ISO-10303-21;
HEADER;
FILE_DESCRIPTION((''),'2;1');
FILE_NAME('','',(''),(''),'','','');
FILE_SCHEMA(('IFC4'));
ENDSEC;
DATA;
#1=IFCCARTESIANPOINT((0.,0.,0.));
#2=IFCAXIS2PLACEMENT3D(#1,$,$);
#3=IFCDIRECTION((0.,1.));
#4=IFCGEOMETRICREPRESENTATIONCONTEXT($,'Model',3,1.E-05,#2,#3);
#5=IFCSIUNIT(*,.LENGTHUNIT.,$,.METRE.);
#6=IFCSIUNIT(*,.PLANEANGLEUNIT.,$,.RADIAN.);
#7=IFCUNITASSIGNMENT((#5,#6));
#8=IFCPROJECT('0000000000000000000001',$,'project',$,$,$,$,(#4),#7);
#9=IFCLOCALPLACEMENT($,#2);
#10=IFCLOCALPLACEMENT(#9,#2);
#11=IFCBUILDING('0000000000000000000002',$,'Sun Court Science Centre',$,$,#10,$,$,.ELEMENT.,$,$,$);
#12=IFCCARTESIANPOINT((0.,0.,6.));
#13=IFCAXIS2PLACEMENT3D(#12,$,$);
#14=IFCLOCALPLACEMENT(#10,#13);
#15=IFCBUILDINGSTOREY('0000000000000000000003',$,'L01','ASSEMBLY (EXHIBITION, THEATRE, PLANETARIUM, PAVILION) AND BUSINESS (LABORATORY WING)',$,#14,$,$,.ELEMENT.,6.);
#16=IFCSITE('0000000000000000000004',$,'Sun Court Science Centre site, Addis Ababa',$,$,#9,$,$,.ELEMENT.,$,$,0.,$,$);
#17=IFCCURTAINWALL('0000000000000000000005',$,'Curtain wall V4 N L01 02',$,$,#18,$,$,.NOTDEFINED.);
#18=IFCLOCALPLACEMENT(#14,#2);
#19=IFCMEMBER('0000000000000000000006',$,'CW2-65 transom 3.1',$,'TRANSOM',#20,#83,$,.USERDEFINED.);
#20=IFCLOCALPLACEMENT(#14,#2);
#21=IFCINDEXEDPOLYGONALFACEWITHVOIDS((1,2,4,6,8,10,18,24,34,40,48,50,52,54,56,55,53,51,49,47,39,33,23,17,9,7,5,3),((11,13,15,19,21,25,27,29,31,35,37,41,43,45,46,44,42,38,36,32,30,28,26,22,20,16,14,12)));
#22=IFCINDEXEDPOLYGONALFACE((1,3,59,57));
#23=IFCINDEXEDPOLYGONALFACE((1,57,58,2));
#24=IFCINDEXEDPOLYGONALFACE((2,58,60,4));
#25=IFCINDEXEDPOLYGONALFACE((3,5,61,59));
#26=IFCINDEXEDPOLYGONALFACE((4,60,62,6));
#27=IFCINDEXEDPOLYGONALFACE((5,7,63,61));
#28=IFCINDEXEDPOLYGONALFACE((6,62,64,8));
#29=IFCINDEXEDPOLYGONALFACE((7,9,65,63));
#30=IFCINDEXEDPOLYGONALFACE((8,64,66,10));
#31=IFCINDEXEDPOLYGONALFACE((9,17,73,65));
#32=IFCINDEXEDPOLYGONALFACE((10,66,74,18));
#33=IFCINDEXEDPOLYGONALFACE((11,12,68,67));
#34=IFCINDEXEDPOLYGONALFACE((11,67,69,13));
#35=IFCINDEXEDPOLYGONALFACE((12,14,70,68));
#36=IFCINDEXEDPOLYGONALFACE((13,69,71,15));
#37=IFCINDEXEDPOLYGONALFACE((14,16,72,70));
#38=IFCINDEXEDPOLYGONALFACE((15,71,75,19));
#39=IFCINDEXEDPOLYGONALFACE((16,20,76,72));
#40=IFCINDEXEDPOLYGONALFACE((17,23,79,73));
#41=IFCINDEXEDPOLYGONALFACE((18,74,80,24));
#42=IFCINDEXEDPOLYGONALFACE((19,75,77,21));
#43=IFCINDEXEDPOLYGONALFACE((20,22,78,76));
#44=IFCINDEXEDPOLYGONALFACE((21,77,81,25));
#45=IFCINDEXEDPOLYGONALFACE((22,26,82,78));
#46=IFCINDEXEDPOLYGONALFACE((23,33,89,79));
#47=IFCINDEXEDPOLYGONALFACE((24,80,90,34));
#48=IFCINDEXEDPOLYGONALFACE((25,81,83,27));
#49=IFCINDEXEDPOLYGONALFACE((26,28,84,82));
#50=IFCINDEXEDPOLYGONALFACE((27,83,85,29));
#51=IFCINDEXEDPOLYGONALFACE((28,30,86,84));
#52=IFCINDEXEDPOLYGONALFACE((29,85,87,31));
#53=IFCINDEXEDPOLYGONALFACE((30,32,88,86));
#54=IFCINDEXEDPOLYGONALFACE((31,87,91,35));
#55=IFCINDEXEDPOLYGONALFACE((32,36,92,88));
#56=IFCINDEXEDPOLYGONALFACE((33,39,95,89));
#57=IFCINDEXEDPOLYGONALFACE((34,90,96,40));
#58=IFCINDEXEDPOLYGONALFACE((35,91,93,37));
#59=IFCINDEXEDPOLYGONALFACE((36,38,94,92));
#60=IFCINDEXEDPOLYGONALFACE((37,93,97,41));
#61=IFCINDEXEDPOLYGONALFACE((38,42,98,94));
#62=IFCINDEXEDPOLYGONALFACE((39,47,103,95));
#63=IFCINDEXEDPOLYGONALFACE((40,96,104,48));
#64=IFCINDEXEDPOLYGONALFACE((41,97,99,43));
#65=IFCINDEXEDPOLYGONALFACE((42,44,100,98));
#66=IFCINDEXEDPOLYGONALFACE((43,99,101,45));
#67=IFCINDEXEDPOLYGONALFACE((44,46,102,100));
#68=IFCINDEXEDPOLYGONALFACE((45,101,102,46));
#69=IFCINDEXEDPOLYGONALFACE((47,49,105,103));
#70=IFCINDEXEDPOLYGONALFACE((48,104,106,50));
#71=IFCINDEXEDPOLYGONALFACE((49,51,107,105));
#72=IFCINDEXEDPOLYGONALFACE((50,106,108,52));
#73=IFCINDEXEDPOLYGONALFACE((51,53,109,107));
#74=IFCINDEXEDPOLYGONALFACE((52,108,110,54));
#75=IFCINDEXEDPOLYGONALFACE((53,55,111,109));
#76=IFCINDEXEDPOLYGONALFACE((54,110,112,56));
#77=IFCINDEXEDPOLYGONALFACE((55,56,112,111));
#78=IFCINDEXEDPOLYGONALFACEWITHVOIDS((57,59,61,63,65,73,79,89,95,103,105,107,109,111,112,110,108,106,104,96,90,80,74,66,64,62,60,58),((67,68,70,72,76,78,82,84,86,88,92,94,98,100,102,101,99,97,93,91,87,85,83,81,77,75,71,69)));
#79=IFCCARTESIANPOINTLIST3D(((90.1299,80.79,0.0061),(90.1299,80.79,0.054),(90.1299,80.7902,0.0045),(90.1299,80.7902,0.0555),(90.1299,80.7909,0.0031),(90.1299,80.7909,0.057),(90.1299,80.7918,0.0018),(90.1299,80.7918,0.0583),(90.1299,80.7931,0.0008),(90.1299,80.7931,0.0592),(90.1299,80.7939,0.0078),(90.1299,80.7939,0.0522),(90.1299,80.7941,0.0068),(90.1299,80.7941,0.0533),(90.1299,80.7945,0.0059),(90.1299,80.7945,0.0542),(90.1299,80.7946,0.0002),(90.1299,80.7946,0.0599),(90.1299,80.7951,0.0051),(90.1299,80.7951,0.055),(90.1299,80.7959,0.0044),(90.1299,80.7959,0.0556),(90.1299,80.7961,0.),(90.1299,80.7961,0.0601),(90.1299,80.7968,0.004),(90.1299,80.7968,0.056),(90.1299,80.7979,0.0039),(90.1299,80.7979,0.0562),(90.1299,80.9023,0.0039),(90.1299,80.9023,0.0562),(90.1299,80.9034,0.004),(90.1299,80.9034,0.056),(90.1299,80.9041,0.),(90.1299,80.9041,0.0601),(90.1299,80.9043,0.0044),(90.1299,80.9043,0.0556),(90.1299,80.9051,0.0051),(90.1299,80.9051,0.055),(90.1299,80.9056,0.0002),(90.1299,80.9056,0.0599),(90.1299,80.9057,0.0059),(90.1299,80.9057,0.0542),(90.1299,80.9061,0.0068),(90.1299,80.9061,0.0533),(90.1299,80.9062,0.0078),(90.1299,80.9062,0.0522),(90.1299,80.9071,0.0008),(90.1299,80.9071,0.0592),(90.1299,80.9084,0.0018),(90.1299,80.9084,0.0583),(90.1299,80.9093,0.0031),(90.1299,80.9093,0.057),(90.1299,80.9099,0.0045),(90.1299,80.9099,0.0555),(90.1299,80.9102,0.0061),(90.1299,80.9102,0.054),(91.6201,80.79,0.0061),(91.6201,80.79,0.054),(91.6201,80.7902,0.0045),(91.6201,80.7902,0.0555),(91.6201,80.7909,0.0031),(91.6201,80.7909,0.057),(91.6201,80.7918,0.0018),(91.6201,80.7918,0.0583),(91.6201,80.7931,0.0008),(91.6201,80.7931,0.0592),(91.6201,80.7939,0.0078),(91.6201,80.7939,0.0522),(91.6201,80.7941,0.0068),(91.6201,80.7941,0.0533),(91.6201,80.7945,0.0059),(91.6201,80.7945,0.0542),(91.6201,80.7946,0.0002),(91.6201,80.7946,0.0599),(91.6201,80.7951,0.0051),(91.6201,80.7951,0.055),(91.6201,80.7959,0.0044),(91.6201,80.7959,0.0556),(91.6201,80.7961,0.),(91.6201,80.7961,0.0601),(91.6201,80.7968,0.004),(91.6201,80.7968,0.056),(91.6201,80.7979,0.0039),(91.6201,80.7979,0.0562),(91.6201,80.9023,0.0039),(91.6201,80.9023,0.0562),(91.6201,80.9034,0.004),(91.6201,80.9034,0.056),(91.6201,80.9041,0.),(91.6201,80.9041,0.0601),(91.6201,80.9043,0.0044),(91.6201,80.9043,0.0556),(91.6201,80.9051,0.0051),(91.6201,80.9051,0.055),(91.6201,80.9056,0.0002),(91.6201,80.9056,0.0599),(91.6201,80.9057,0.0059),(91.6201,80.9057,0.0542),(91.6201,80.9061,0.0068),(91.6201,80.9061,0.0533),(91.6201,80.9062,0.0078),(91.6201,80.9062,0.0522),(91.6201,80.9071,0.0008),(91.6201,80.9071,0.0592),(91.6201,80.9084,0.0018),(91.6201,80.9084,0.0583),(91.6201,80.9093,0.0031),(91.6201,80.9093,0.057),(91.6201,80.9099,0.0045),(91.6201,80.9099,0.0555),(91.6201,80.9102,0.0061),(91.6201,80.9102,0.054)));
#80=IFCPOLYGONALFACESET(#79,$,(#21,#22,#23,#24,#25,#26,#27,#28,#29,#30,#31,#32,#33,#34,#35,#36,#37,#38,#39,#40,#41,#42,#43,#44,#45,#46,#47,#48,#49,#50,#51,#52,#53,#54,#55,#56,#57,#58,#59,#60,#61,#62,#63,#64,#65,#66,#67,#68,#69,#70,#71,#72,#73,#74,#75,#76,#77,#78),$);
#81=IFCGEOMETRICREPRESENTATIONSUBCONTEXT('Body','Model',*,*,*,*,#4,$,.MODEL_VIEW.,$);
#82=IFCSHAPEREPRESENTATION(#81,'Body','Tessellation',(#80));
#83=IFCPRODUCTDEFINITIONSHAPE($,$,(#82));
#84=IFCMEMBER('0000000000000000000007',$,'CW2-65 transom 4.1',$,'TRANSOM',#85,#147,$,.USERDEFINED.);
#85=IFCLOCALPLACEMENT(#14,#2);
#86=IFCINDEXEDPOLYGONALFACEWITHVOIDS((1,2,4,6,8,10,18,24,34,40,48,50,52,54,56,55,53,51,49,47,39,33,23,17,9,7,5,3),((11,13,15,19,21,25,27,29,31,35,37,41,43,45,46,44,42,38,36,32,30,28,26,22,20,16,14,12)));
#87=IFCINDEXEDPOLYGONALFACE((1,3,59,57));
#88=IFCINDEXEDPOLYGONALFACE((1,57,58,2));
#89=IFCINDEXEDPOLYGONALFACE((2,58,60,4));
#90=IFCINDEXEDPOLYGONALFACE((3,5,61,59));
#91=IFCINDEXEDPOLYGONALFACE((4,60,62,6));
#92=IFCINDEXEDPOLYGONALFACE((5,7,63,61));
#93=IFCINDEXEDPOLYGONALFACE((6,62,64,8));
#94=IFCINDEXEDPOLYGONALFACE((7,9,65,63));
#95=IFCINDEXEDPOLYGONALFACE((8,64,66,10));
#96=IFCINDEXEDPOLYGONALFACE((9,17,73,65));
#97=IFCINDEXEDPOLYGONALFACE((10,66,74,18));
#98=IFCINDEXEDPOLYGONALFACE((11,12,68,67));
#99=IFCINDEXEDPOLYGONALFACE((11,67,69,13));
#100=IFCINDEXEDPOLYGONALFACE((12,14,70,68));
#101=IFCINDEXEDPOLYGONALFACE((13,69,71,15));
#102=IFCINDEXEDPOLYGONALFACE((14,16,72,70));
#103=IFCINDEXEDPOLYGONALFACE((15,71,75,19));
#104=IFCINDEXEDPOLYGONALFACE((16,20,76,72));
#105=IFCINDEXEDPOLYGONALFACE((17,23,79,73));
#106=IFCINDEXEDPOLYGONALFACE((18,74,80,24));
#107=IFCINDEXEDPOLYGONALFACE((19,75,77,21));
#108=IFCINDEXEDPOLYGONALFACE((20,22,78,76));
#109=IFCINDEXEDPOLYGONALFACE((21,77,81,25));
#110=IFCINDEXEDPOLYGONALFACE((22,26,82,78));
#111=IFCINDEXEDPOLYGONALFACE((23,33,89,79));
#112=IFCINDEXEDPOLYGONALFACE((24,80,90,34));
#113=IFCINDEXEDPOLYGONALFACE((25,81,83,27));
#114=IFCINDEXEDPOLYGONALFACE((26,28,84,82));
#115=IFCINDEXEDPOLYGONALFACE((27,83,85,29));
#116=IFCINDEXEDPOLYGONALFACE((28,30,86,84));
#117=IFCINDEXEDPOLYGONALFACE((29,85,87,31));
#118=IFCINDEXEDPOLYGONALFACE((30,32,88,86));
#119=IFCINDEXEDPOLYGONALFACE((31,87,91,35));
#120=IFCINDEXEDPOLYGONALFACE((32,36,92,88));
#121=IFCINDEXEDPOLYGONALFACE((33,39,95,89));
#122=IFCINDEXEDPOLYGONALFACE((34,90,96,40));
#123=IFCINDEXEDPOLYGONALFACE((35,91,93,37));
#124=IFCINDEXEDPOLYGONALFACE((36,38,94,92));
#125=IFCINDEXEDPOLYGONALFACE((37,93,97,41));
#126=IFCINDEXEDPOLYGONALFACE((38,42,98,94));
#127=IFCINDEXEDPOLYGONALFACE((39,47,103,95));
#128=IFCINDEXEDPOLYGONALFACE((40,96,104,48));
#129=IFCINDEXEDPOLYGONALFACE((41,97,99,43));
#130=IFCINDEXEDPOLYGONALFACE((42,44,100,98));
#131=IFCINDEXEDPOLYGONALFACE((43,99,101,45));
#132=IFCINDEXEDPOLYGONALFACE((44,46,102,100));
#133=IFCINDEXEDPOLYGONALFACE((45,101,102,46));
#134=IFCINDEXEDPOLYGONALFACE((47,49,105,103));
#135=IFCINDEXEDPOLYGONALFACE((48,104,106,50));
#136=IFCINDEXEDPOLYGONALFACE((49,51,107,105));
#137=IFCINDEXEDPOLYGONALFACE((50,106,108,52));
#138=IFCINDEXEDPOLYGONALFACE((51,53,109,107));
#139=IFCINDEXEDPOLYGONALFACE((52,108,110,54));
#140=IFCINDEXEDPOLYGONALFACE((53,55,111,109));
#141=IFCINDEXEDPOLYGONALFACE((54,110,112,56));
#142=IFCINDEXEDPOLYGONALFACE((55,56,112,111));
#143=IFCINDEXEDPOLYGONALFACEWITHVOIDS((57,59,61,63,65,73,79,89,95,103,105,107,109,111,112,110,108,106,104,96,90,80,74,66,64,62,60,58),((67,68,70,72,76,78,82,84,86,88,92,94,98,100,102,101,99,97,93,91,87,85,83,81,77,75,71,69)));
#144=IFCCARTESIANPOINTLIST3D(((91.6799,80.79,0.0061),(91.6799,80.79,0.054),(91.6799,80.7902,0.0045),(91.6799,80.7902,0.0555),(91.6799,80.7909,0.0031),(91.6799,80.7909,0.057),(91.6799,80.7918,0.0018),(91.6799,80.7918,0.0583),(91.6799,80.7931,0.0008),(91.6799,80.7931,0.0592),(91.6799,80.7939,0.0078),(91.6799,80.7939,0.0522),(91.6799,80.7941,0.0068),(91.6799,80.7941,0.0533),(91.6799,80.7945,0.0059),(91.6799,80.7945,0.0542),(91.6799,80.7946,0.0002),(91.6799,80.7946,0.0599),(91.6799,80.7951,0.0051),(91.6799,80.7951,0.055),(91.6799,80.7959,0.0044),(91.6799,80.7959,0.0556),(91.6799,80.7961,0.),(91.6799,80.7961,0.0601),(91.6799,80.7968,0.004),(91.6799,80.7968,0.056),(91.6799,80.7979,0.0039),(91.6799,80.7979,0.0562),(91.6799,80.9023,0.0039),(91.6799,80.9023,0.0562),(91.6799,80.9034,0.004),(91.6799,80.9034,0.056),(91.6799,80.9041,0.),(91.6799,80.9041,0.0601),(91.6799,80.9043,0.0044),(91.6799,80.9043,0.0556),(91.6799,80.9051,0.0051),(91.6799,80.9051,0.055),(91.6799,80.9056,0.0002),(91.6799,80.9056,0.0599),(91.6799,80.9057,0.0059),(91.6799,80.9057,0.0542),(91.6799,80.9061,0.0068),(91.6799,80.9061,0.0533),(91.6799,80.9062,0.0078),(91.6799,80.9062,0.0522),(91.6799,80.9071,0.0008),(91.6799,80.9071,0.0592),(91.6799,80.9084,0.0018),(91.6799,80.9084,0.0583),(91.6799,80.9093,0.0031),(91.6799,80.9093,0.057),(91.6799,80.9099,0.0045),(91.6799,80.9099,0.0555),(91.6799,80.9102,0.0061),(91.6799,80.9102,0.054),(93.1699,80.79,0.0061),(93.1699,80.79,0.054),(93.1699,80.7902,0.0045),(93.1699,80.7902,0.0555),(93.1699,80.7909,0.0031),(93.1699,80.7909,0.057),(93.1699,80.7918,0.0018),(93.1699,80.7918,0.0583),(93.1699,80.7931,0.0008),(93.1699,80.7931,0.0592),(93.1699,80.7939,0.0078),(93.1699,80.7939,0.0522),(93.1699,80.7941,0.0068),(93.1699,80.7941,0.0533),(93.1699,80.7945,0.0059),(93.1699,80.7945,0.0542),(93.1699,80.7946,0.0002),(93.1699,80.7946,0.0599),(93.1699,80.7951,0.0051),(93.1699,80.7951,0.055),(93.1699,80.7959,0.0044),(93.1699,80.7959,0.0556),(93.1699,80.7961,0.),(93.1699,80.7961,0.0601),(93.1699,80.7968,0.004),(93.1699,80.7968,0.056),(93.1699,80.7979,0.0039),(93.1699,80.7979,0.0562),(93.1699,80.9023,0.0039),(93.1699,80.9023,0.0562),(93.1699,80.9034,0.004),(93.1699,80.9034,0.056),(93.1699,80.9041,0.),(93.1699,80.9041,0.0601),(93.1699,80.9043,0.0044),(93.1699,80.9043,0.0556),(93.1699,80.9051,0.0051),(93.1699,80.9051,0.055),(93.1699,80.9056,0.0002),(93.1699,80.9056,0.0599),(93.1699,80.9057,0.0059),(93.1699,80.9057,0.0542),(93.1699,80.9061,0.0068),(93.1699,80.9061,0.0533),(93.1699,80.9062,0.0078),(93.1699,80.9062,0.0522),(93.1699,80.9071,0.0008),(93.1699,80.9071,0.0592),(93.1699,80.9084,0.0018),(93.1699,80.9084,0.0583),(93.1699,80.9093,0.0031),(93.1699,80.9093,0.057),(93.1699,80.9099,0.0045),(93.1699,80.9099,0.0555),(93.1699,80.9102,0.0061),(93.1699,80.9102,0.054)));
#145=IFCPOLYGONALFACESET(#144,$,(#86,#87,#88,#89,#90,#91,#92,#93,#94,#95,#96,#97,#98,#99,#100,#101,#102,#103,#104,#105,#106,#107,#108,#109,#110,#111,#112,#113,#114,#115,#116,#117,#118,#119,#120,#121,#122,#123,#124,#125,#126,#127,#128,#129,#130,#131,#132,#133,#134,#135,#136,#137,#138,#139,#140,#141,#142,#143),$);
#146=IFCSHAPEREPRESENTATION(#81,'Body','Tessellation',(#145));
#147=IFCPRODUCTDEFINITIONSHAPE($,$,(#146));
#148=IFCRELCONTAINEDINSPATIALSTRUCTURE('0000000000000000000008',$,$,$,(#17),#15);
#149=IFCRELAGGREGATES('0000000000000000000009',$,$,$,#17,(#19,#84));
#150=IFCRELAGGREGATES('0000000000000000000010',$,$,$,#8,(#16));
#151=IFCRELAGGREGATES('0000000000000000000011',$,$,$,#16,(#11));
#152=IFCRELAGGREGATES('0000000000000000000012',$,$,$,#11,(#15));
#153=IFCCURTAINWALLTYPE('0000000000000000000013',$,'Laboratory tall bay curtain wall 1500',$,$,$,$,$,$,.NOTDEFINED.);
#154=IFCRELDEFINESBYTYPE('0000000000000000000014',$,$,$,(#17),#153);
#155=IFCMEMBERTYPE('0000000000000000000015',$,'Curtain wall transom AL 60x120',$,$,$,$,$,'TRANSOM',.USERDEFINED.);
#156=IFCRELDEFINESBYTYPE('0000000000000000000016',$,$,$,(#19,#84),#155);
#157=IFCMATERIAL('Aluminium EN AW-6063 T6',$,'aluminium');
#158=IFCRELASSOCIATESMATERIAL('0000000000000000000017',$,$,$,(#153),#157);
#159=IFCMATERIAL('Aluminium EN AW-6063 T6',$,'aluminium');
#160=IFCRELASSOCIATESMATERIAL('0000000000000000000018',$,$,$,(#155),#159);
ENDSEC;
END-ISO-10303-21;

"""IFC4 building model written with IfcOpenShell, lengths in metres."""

from ifc_helpers import new_model, si_unit, direction, frame, origin, origin_2d, place, context, subcontext, project, spatial, hollow_rectangle, extrude, material, material_profile, profile_set, type_object, element, aggregate, save


model = new_model("IFC4")

# Units and contexts
model_context = context("Model", 3, precision=1e-05, world=origin(), true_north=direction((0.0, 1.0)))
body_context = subcontext(model_context, "Body", "Model", "MODEL_VIEW")
ifc_project = project(units=[si_unit("LENGTHUNIT", "METRE"), si_unit("PLANEANGLEUNIT", "RADIAN")], contexts=[model_context])

# Site, building, storey
site_placement = place(None, origin())
site = spatial("IfcSite", under=ifc_project, at=site_placement, Name="Sun Court Science Centre site, Addis Ababa", CompositionType="ELEMENT", RefElevation=0.0)
building_placement = place(site_placement, origin())
building = spatial("IfcBuilding", under=site, at=building_placement, Name="Sun Court Science Centre", CompositionType="ELEMENT")
storey_placement = place(building_placement, frame((0.0, 0.0, 6.0)))
storey = spatial("IfcBuildingStorey", under=building, at=storey_placement, Name="L01", Description="ASSEMBLY (EXHIBITION, THEATRE, PLANETARIUM, PAVILION) AND BUSINESS (LABORATORY WING)", CompositionType="ELEMENT", Elevation=6.0)

# Curtain wall, members
ifc_material_1 = material(Name="Aluminium EN AW-6063 T6", Category="aluminium")
curtain_wall_type = type_object("IfcCurtainWallType", Name="Laboratory tall bay curtain wall 1500", PredefinedType="NOTDEFINED", material=ifc_material_1)
curtain_wall_placement = place(storey_placement, origin())
curtain_wall = element("IfcCurtainWall", 1, at=curtain_wall_placement, inside=storey, type_object=curtain_wall_type, Name="Curtain wall V4 N L01 02", PredefinedType="NOTDEFINED")
ifc_material_2 = material(Name="Aluminium EN AW-6063 T6", Category="aluminium")
ifc_material_profile_1 = material_profile(ifc_material_2, hollow_rectangle(XDim=0.0601, YDim=0.1201, WallThickness=0.0039, InnerFilletRadius=0.0039, OuterFilletRadius=0.0061, at=origin_2d()), Name="AL 60x120x4")
ifc_profile_set_1 = profile_set([ifc_material_profile_1], Name="Aluminium EN AW-6063 T6")
member_type_1 = type_object("IfcMemberType", Name="Curtain wall transom AL 60x120", ElementType="TRANSOM", PredefinedType="USERDEFINED", material=ifc_profile_set_1)
member_1_placement = place(storey_placement, frame((90.1299, 80.8501, 0.03), z_axis=(1.0, 0.0, 0.0), x_axis=(0.0, 0.0, 1.0)))
member_1 = element("IfcMember", 2, at=member_1_placement, type_object=member_type_1, Name="CW2-65 transom 3.1", ObjectType="TRANSOM", PredefinedType="USERDEFINED", context=body_context, shape_type="SweptSolid", body=[
    extrude(hollow_rectangle(XDim=0.0601, YDim=0.1201, WallThickness=0.0039, InnerFilletRadius=0.0039, OuterFilletRadius=0.0061, at=origin_2d()), origin(), (0.0, 0.0, 1.0), 1.4902),
])
member_2_placement = place(storey_placement, frame((91.6799, 80.8501, 0.03), z_axis=(1.0, 0.0, 0.0), x_axis=(0.0, 0.0, 1.0)))
member_2 = element("IfcMember", 3, at=member_2_placement, type_object=member_type_1, Name="CW2-65 transom 4.1", ObjectType="TRANSOM", PredefinedType="USERDEFINED", context=body_context, shape_type="SweptSolid", body=[
    extrude(hollow_rectangle(XDim=0.0601, YDim=0.1201, WallThickness=0.0039, InnerFilletRadius=0.0039, OuterFilletRadius=0.0061, at=origin_2d()), origin(), (0.0, 0.0, 1.0), 1.49),
])
aggregate(curtain_wall, [member_1, member_2])

save(model, "model.ifc")
